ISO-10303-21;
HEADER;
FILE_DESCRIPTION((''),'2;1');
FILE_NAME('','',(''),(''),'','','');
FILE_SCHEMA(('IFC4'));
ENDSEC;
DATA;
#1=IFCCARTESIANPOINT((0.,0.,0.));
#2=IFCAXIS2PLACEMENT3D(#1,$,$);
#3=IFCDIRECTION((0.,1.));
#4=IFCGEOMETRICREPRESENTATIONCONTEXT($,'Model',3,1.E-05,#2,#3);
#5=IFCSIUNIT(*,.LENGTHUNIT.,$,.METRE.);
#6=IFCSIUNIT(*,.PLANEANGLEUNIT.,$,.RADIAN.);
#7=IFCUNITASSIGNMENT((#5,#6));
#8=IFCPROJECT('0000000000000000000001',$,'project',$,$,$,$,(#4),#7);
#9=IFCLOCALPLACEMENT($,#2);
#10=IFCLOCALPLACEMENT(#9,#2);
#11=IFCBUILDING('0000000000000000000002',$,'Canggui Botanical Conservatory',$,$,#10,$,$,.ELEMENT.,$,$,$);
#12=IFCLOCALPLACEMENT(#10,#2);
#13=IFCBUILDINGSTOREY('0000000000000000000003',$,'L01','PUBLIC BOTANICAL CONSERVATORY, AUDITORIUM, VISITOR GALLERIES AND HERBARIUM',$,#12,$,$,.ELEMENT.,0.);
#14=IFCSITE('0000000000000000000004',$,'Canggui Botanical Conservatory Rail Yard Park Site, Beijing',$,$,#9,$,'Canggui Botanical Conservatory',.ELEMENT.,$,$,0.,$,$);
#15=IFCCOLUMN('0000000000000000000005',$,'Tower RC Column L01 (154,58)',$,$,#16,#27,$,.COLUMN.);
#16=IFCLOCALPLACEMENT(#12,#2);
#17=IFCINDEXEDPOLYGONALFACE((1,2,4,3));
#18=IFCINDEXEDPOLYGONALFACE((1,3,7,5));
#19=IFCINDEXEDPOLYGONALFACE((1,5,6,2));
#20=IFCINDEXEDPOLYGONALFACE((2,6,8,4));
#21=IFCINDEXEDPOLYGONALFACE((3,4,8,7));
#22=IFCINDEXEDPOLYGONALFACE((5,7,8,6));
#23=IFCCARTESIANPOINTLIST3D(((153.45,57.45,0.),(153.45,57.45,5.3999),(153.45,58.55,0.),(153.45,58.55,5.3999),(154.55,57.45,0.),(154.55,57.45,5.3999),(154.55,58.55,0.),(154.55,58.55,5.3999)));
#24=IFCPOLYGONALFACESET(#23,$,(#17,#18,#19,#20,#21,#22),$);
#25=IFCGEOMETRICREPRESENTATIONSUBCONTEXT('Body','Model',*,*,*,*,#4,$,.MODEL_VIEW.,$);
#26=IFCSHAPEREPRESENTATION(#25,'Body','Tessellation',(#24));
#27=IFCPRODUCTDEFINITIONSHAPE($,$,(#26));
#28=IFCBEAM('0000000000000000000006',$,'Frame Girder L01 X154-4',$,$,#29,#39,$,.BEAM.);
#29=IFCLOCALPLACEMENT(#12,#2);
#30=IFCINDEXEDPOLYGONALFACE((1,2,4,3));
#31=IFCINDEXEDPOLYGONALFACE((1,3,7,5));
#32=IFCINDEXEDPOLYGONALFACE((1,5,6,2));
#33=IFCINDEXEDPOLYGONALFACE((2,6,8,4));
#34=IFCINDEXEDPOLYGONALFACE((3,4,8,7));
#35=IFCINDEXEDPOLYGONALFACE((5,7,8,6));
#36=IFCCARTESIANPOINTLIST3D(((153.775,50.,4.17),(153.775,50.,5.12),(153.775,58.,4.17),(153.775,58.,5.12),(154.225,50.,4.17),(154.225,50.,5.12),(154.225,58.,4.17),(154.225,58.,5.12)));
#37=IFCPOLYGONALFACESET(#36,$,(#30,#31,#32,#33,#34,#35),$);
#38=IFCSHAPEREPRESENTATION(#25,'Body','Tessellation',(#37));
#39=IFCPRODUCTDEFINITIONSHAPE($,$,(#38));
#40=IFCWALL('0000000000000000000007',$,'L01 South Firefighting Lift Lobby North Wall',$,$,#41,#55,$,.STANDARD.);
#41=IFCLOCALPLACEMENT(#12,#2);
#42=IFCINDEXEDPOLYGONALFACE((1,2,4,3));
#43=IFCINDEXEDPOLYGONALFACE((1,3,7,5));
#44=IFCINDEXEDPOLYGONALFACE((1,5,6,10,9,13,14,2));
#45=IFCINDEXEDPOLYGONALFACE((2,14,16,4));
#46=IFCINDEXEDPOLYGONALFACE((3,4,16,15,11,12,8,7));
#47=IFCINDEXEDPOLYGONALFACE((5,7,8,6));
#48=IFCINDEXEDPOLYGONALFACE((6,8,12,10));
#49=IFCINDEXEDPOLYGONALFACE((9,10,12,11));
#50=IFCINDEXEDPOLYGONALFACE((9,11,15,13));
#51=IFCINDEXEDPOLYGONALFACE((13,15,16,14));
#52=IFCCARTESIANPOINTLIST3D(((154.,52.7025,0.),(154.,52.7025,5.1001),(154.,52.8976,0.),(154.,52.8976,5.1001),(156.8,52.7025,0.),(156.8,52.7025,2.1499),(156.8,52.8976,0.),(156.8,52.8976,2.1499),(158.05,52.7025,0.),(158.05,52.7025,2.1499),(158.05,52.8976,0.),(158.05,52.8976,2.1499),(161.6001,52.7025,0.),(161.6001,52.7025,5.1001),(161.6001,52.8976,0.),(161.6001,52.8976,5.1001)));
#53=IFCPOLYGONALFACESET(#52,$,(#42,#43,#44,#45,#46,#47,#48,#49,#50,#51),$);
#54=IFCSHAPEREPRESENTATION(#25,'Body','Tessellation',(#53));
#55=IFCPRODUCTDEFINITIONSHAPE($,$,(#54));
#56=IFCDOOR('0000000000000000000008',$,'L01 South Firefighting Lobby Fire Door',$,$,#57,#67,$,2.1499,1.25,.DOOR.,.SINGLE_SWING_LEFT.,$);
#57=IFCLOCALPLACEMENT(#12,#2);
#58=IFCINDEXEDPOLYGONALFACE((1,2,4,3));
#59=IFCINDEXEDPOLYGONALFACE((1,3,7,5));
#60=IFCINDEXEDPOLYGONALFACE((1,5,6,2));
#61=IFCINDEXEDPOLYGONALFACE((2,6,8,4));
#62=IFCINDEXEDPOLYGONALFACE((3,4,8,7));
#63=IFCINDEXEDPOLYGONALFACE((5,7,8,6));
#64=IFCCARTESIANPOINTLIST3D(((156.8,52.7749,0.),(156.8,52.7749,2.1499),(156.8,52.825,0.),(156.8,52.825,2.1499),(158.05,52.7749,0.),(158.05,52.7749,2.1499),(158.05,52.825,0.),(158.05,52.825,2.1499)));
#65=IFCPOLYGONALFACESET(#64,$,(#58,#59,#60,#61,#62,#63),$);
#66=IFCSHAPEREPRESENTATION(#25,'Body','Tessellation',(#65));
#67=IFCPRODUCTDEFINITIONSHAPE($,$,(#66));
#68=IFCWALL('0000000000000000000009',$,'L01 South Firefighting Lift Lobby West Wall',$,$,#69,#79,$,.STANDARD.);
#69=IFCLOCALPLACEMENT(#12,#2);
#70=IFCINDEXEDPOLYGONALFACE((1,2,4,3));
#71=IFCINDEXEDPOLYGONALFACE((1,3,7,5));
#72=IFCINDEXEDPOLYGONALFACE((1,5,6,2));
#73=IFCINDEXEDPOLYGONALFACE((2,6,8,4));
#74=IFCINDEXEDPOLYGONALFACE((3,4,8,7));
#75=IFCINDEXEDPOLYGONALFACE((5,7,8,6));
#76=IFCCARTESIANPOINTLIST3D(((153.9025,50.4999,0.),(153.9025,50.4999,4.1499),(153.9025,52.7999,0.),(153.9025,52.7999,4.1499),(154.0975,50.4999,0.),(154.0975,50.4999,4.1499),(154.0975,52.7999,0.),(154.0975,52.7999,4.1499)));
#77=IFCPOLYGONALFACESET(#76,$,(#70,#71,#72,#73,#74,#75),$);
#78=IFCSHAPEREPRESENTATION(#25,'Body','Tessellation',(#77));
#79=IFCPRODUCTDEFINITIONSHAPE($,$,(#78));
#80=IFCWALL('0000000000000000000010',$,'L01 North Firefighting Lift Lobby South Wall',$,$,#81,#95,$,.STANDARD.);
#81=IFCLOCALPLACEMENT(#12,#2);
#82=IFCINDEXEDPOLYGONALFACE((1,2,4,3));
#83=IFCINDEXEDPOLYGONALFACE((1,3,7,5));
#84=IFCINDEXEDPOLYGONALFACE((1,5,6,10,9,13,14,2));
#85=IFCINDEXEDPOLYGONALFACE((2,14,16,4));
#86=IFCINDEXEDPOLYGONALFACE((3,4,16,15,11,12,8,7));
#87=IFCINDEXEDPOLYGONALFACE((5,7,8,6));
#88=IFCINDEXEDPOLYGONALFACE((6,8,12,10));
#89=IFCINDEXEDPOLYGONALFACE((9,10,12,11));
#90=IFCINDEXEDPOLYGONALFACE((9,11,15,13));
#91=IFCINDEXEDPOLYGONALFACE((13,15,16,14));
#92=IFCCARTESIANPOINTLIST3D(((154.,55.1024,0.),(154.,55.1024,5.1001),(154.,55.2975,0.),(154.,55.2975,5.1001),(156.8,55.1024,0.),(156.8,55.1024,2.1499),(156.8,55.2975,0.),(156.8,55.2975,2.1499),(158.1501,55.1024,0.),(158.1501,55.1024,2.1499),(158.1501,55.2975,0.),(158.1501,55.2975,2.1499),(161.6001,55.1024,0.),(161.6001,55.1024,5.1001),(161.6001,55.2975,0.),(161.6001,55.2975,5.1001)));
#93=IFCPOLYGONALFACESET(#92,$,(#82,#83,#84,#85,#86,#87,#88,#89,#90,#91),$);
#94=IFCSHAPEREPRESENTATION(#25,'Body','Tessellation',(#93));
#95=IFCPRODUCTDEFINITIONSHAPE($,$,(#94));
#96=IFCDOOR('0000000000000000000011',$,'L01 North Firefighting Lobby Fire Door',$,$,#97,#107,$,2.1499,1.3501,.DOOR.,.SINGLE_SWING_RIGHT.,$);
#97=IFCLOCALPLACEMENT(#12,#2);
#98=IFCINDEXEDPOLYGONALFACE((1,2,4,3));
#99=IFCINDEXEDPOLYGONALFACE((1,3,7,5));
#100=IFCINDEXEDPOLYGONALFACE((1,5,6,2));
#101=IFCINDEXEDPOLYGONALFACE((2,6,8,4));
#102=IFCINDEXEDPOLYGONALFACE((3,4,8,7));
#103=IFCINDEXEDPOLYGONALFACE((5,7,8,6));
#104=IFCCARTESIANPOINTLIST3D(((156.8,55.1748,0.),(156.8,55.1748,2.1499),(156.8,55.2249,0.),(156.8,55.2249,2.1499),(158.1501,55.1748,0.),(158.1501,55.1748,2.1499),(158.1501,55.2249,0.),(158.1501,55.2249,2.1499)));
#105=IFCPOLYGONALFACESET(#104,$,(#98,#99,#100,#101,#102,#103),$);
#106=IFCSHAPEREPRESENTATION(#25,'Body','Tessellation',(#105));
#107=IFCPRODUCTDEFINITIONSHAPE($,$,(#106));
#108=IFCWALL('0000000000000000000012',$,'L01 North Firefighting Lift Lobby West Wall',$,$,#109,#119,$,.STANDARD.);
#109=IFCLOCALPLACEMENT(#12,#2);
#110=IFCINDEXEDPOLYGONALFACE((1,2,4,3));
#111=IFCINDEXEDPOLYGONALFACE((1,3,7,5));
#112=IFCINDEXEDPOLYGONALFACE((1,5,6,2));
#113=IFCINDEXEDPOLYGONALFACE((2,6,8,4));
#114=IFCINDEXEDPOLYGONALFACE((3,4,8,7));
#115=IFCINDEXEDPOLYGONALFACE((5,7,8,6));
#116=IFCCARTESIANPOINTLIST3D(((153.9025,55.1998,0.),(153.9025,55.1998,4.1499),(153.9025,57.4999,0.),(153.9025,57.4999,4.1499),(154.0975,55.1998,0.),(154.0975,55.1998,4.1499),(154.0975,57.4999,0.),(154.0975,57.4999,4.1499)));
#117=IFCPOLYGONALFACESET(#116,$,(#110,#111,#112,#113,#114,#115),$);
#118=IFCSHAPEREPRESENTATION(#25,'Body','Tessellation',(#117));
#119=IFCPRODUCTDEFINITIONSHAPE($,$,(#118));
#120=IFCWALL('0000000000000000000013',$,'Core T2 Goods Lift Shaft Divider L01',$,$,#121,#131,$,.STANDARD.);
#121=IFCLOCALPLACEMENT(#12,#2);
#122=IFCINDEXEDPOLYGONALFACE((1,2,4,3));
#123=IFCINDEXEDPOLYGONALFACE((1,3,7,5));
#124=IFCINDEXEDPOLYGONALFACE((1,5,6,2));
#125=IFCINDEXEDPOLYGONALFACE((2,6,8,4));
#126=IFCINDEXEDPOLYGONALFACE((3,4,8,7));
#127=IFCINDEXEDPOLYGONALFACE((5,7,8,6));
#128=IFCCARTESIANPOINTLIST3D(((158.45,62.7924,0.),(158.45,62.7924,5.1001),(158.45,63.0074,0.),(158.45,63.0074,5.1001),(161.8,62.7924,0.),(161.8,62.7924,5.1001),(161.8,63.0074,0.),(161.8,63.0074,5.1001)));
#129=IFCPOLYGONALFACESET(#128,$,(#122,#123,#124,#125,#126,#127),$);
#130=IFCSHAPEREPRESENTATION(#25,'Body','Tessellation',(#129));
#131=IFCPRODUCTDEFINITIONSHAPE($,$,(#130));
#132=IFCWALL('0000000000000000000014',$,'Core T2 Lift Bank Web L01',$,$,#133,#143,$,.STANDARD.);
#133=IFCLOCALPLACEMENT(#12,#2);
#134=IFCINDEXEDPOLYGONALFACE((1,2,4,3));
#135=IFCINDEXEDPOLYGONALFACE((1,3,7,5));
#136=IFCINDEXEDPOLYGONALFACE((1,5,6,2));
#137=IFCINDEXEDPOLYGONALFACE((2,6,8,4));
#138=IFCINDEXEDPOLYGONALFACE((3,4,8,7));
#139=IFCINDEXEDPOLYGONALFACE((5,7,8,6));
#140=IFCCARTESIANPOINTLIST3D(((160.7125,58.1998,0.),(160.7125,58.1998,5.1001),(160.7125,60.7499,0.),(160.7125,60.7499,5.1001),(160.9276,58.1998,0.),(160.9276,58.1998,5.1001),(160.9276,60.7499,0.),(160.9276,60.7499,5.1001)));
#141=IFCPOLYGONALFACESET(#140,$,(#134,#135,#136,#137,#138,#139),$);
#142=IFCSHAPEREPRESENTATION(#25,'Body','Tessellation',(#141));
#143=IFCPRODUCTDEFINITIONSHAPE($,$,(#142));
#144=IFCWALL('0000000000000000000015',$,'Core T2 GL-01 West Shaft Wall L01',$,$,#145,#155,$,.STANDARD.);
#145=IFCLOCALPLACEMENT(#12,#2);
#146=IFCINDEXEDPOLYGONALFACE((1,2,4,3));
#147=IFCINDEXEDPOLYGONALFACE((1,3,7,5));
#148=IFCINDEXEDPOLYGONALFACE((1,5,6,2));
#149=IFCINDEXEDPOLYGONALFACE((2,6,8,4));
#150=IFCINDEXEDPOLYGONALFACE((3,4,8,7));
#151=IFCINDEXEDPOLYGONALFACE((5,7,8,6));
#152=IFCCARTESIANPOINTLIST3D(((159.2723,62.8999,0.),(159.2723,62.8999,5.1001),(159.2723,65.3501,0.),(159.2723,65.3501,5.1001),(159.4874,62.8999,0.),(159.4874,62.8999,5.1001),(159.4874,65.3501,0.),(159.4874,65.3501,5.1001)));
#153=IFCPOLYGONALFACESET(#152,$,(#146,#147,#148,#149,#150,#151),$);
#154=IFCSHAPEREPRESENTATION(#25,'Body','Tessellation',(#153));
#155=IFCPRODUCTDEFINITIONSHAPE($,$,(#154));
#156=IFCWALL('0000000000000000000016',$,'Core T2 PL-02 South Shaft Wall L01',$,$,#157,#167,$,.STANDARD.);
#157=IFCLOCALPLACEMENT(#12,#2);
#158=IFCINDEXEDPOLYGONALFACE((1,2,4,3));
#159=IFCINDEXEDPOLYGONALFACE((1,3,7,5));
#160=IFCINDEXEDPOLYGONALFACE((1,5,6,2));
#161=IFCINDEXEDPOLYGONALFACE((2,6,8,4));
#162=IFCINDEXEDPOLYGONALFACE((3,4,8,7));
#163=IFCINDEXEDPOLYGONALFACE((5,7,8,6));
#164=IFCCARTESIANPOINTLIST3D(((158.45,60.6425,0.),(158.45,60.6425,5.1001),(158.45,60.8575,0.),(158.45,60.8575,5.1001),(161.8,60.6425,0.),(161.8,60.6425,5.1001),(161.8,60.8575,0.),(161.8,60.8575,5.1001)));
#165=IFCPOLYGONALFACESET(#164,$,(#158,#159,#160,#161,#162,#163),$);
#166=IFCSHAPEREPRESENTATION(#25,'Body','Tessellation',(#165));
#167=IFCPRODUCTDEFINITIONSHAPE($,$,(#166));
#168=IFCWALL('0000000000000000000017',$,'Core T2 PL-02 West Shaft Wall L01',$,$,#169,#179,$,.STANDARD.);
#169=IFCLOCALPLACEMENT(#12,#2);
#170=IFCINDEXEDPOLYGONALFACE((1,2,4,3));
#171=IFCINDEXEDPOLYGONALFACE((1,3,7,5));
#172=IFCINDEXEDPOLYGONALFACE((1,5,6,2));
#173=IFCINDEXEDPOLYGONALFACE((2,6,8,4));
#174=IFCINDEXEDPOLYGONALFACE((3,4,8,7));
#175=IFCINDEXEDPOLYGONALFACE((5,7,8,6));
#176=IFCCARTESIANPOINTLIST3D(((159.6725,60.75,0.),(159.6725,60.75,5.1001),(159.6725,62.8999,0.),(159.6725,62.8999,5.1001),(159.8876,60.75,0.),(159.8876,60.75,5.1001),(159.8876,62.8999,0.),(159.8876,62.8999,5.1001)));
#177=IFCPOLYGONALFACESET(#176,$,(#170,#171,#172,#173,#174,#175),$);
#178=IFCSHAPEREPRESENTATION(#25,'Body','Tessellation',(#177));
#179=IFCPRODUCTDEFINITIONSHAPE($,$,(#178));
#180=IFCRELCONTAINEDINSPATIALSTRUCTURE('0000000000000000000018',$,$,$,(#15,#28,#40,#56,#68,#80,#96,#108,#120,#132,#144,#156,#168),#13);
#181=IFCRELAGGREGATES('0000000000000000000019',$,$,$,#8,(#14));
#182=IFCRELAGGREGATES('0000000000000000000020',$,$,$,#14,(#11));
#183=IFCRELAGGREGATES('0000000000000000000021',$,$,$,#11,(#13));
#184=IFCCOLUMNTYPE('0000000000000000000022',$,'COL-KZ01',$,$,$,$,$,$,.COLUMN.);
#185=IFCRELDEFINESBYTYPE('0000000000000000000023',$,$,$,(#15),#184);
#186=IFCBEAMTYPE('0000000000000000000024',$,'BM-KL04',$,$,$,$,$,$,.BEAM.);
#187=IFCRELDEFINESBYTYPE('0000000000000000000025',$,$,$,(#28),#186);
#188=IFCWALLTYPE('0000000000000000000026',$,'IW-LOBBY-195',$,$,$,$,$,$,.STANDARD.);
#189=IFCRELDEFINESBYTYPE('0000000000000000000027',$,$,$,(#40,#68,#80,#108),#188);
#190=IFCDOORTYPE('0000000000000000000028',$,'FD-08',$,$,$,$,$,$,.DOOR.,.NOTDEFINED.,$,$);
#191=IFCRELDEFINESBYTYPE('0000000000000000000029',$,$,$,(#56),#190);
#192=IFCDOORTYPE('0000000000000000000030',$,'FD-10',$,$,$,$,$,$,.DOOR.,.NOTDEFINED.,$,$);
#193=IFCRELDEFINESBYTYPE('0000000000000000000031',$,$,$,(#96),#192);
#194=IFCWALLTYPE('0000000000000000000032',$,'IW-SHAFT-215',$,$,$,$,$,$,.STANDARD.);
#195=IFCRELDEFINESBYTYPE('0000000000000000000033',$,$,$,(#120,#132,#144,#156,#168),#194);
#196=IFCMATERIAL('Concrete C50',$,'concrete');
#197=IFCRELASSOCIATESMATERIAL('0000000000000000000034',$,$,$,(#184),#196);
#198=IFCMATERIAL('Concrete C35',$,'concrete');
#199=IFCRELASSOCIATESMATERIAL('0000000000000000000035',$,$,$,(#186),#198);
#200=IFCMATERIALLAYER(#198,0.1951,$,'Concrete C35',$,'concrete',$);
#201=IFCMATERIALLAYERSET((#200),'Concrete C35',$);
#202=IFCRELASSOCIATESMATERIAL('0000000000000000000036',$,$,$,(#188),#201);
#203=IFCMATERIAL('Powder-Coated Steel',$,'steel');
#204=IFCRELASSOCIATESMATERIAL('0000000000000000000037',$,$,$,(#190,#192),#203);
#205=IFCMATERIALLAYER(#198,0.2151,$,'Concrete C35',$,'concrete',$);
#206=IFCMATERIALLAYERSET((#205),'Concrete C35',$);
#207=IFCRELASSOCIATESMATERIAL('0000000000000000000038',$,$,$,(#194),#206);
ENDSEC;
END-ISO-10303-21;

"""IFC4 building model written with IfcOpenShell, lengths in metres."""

from ifc_helpers import new_model, si_unit, direction, frame, frame_2d, origin, origin_2d, place, context, subcontext, project, spatial, rectangle, extrude, material, layer, layer_set, material_profile, profile_set, type_object, element, fill, save


model = new_model("IFC4")

# Units and contexts
model_context = context("Model", 3, precision=1e-05, world=origin(), true_north=direction((0.0, 1.0)))
body_context = subcontext(model_context, "Body", "Model", "MODEL_VIEW")
ifc_project = project(units=[si_unit("LENGTHUNIT", "METRE"), si_unit("PLANEANGLEUNIT", "RADIAN")], contexts=[model_context])

# Site, building, storey
site_placement = place(None, origin())
site = spatial("IfcSite", under=ifc_project, at=site_placement, Name="Canggui Botanical Conservatory Rail Yard Park Site, Beijing", LongName="Canggui Botanical Conservatory", CompositionType="ELEMENT", RefElevation=0.0)
building_placement = place(site_placement, origin())
building = spatial("IfcBuilding", under=site, at=building_placement, Name="Canggui Botanical Conservatory", CompositionType="ELEMENT")
storey_placement = place(building_placement, origin())
storey = spatial("IfcBuildingStorey", under=building, at=storey_placement, Name="L01", Description="PUBLIC BOTANICAL CONSERVATORY, AUDITORIUM, VISITOR GALLERIES AND HERBARIUM", CompositionType="ELEMENT", Elevation=0.0)

# Column
ifc_material_1 = material(Name="Concrete C50", Category="concrete")
ifc_material_profile_1 = material_profile(ifc_material_1, rectangle(XDim=1.1001, YDim=1.1001, at=origin_2d()), Name="RC 1100x1100")
ifc_profile_set_1 = profile_set([ifc_material_profile_1], Name="Concrete C50")
column_type = type_object("IfcColumnType", Name="COL-KZ01", PredefinedType="COLUMN", material=ifc_profile_set_1)
column_placement = place(storey_placement, frame((154.0, 58.0, 0.0), z_axis=(0.0, 0.0, 1.0), x_axis=(1.0, 0.0, 0.0)))
element("IfcColumn", 1, at=column_placement, inside=storey, type_object=column_type, Name="Tower RC Column L01 (154,58)", PredefinedType="COLUMN", context=body_context, shape_type="SweptSolid", body=[
    extrude(rectangle(XDim=1.1001, YDim=1.1001, at=origin_2d()), origin(), (0.0, 0.0, 1.0), 5.3999),
])

# Beam
ifc_material_2 = material(Name="Concrete C35", Category="concrete")
ifc_material_profile_2 = material_profile(ifc_material_2, rectangle(XDim=0.45, YDim=0.95, at=origin_2d()), Name="RB 450x950")
ifc_profile_set_2 = profile_set([ifc_material_profile_2], Name="Concrete C35")
beam_type = type_object("IfcBeamType", Name="BM-KL04", PredefinedType="BEAM", material=ifc_profile_set_2)
beam_placement = place(storey_placement, frame((154.0, 50.0, 4.645), z_axis=(0.0, 1.0, 0.0), x_axis=(-1.0, 0.0, 0.0)))
element("IfcBeam", 2, at=beam_placement, inside=storey, type_object=beam_type, Name="Frame Girder L01 X154-4", PredefinedType="BEAM", context=body_context, shape_type="SweptSolid", body=[
    extrude(rectangle(XDim=0.45, YDim=0.95, at=origin_2d()), origin(), (0.0, 0.0, 1.0), 8.0),
])

# Wall, opening, door
ifc_layer_1 = layer(ifc_material_2, 0.1951, Name="Concrete C35", Category="concrete")
ifc_layer_set_1 = layer_set([ifc_layer_1], Name="Concrete C35")
wall_type_1 = type_object("IfcWallType", Name="IW-LOBBY-195", PredefinedType="STANDARD", material=ifc_layer_set_1)
wall_1_placement = place(storey_placement, frame((154.0, 52.8, 0.0), z_axis=(0.0, 0.0, 1.0), x_axis=(1.0, 0.0, 0.0)))
wall_1 = element("IfcWall", 3, at=wall_1_placement, inside=storey, type_object=wall_type_1, Name="L01 South Firefighting Lift Lobby North Wall", PredefinedType="STANDARD", context=body_context, shape_type="SweptSolid", body=[
    extrude(rectangle(XDim=7.6001, YDim=0.1951, at=frame_2d((3.8, 0.0))), origin(), (0.0, 0.0, 1.0), 5.1001),
])
opening_1_placement = place(wall_1_placement, frame((2.8, 0.0, 0.0)))
opening_1 = element("IfcOpeningElement", 4, at=opening_1_placement, cuts=wall_1, PredefinedType="OPENING", context=body_context, shape_type="SweptSolid", body=[
    extrude(rectangle(XDim=1.25, YDim=2.1499, at=frame_2d((0.625, 1.075))), frame((0.0, 0.1074, 0.0), z_axis=(0.0, -1.0, 0.0), x_axis=(1.0, 0.0, 0.0)), (0.0, 0.0, 1.0), 0.2151),
])
ifc_material_3 = material(Name="Powder-Coated Steel", Category="steel")
door_type_1 = type_object("IfcDoorType", Name="FD-08", OperationType="NOTDEFINED", PredefinedType="DOOR", material=ifc_material_3)
door_1_placement = place(opening_1_placement, origin())
door_1 = element("IfcDoor", 5, at=door_1_placement, inside=storey, type_object=door_type_1, Name="L01 South Firefighting Lobby Fire Door", OperationType="SINGLE_SWING_LEFT", OverallHeight=2.1499, OverallWidth=1.25, PredefinedType="DOOR", context=body_context, shape_type="SweptSolid", body=[
    extrude(rectangle(XDim=1.25, YDim=2.1499, at=frame_2d((0.625, 1.075))), frame((0.0, 0.0249, 0.0), z_axis=(0.0, -1.0, 0.0), x_axis=(1.0, 0.0, 0.0)), (0.0, 0.0, 1.0), 0.05),
])
fill(opening_1, door_1)

# Wall
wall_2_placement = place(storey_placement, frame((154.0, 50.5, 0.0), z_axis=(0.0, 0.0, 1.0), x_axis=(0.0, 1.0, 0.0)))
element("IfcWall", 6, at=wall_2_placement, inside=storey, type_object=wall_type_1, Name="L01 South Firefighting Lift Lobby West Wall", PredefinedType="STANDARD", context=body_context, shape_type="SweptSolid", body=[
    extrude(rectangle(XDim=2.3, YDim=0.1951, at=frame_2d((1.1499, 0.0))), origin(), (0.0, 0.0, 1.0), 4.1499),
])

# Wall, opening, door
wall_3_placement = place(storey_placement, frame((154.0, 55.2, 0.0), z_axis=(0.0, 0.0, 1.0), x_axis=(1.0, 0.0, 0.0)))
wall_3 = element("IfcWall", 7, at=wall_3_placement, inside=storey, type_object=wall_type_1, Name="L01 North Firefighting Lift Lobby South Wall", PredefinedType="STANDARD", context=body_context, shape_type="SweptSolid", body=[
    extrude(rectangle(XDim=7.6001, YDim=0.1951, at=frame_2d((3.8, 0.0))), origin(), (0.0, 0.0, 1.0), 5.1001),
])
opening_2_placement = place(wall_3_placement, frame((2.8, 0.0, 0.0)))
opening_2 = element("IfcOpeningElement", 8, at=opening_2_placement, cuts=wall_3, PredefinedType="OPENING", context=body_context, shape_type="SweptSolid", body=[
    extrude(rectangle(XDim=1.3501, YDim=2.1499, at=frame_2d((0.675, 1.075))), frame((0.0, 0.1074, 0.0), z_axis=(0.0, -1.0, 0.0), x_axis=(1.0, 0.0, 0.0)), (0.0, 0.0, 1.0), 0.2151),
])
door_type_2 = type_object("IfcDoorType", Name="FD-10", OperationType="NOTDEFINED", PredefinedType="DOOR", material=ifc_material_3)
door_2_placement = place(opening_2_placement, origin())
door_2 = element("IfcDoor", 9, at=door_2_placement, inside=storey, type_object=door_type_2, Name="L01 North Firefighting Lobby Fire Door", OperationType="SINGLE_SWING_RIGHT", OverallHeight=2.1499, OverallWidth=1.3501, PredefinedType="DOOR", context=body_context, shape_type="SweptSolid", body=[
    extrude(rectangle(XDim=1.3501, YDim=2.1499, at=frame_2d((0.675, 1.075))), frame((0.0, 0.0249, 0.0), z_axis=(0.0, -1.0, 0.0), x_axis=(1.0, 0.0, 0.0)), (0.0, 0.0, 1.0), 0.05),
])
fill(opening_2, door_2)

# Walls
wall_4_placement = place(storey_placement, frame((154.0, 55.2, 0.0), z_axis=(0.0, 0.0, 1.0), x_axis=(0.0, 1.0, 0.0)))
element("IfcWall", 10, at=wall_4_placement, inside=storey, type_object=wall_type_1, Name="L01 North Firefighting Lift Lobby West Wall", PredefinedType="STANDARD", context=body_context, shape_type="SweptSolid", body=[
    extrude(rectangle(XDim=2.3, YDim=0.1951, at=frame_2d((1.1499, 0.0))), origin(), (0.0, 0.0, 1.0), 4.1499),
])
ifc_layer_2 = layer(ifc_material_2, 0.2151, Name="Concrete C35", Category="concrete")
ifc_layer_set_2 = layer_set([ifc_layer_2], Name="Concrete C35")
wall_type_2 = type_object("IfcWallType", Name="IW-SHAFT-215", PredefinedType="STANDARD", material=ifc_layer_set_2)
wall_5_placement = place(storey_placement, frame((158.45, 62.8999, 0.0), z_axis=(0.0, 0.0, 1.0), x_axis=(1.0, 0.0, 0.0)))
element("IfcWall", 11, at=wall_5_placement, inside=storey, type_object=wall_type_2, Name="Core T2 Goods Lift Shaft Divider L01", PredefinedType="STANDARD", context=body_context, shape_type="SweptSolid", body=[
    extrude(rectangle(XDim=3.3501, YDim=0.2151, at=frame_2d((1.675, 0.0))), origin(), (0.0, 0.0, 1.0), 5.1001),
])
wall_6_placement = place(storey_placement, frame((160.8201, 58.2, 0.0), z_axis=(0.0, 0.0, 1.0), x_axis=(0.0, 1.0, 0.0)))
element("IfcWall", 12, at=wall_6_placement, inside=storey, type_object=wall_type_2, Name="Core T2 Lift Bank Web L01", PredefinedType="STANDARD", context=body_context, shape_type="SweptSolid", body=[
    extrude(rectangle(XDim=2.55, YDim=0.2151, at=frame_2d((1.2749, 0.0))), origin(), (0.0, 0.0, 1.0), 5.1001),
])
wall_7_placement = place(storey_placement, frame((159.3799, 62.8999, 0.0), z_axis=(0.0, 0.0, 1.0), x_axis=(0.0, 1.0, 0.0)))
element("IfcWall", 13, at=wall_7_placement, inside=storey, type_object=wall_type_2, Name="Core T2 GL-01 West Shaft Wall L01", PredefinedType="STANDARD", context=body_context, shape_type="SweptSolid", body=[
    extrude(rectangle(XDim=2.4502, YDim=0.2151, at=frame_2d((1.2251, 0.0))), origin(), (0.0, 0.0, 1.0), 5.1001),
])
wall_8_placement = place(storey_placement, frame((158.45, 60.75, 0.0), z_axis=(0.0, 0.0, 1.0), x_axis=(1.0, 0.0, 0.0)))
element("IfcWall", 14, at=wall_8_placement, inside=storey, type_object=wall_type_2, Name="Core T2 PL-02 South Shaft Wall L01", PredefinedType="STANDARD", context=body_context, shape_type="SweptSolid", body=[
    extrude(rectangle(XDim=3.3501, YDim=0.2151, at=frame_2d((1.675, 0.0))), origin(), (0.0, 0.0, 1.0), 5.1001),
])
wall_9_placement = place(storey_placement, frame((159.78, 60.75, 0.0), z_axis=(0.0, 0.0, 1.0), x_axis=(0.0, 1.0, 0.0)))
element("IfcWall", 15, at=wall_9_placement, inside=storey, type_object=wall_type_2, Name="Core T2 PL-02 West Shaft Wall L01", PredefinedType="STANDARD", context=body_context, shape_type="SweptSolid", body=[
    extrude(rectangle(XDim=2.1499, YDim=0.2151, at=frame_2d((1.075, 0.0))), origin(), (0.0, 0.0, 1.0), 5.1001),
])

save(model, "model.ifc")
